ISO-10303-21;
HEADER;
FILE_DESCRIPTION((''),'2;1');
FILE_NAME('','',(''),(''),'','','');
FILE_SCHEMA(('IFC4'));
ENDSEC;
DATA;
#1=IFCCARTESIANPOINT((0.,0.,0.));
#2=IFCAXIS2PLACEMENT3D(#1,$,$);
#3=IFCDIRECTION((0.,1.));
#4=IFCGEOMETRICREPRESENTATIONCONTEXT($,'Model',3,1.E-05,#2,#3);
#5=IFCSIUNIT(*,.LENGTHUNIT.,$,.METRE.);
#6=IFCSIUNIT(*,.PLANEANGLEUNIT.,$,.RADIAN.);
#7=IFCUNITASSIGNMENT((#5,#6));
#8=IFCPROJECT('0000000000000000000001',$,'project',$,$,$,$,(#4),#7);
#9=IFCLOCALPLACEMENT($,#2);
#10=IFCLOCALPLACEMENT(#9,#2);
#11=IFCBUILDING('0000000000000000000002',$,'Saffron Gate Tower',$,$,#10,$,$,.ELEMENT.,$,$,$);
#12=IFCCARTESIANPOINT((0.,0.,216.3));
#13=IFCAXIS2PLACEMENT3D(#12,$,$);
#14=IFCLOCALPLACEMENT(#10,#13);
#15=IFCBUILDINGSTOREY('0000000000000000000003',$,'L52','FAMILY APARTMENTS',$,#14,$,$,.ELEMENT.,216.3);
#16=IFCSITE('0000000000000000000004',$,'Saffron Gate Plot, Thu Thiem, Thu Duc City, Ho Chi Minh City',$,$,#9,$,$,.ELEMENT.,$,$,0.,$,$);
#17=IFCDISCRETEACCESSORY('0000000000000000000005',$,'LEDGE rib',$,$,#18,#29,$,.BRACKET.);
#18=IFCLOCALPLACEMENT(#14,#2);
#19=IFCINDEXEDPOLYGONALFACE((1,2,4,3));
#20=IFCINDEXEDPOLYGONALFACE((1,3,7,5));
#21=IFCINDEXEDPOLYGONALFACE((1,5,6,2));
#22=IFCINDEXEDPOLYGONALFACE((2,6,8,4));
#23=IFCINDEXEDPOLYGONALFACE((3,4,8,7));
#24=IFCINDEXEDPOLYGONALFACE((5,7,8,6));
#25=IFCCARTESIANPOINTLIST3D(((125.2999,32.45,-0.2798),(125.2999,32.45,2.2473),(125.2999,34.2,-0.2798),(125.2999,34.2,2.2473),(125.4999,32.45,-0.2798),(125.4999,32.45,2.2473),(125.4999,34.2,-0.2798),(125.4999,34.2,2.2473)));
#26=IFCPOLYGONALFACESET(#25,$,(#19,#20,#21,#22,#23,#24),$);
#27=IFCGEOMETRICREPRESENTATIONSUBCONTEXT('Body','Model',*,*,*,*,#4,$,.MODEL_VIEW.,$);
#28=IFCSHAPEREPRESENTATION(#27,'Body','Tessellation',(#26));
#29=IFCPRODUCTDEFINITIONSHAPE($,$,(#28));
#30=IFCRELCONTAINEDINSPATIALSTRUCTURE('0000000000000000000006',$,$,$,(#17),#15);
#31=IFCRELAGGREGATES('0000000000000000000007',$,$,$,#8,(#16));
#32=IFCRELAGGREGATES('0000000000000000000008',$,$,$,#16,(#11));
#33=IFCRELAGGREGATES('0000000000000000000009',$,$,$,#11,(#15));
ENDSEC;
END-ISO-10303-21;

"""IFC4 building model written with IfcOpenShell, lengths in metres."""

from ifc_helpers import new_model, si_unit, direction, frame, origin, origin_2d, place, context, subcontext, project, spatial, rectangle, extrude, element, save


model = new_model("IFC4")

# Units and contexts
model_context = context("Model", 3, precision=1e-05, world=origin(), true_north=direction((0.0, 1.0)))
body_context = subcontext(model_context, "Body", "Model", "MODEL_VIEW")
ifc_project = project(units=[si_unit("LENGTHUNIT", "METRE"), si_unit("PLANEANGLEUNIT", "RADIAN")], contexts=[model_context])

# Site, building, storey
site_placement = place(None, origin())
site = spatial("IfcSite", under=ifc_project, at=site_placement, Name="Saffron Gate Plot, Thu Thiem, Thu Duc City, Ho Chi Minh City", CompositionType="ELEMENT", RefElevation=0.0)
building_placement = place(site_placement, origin())
building = spatial("IfcBuilding", under=site, at=building_placement, Name="Saffron Gate Tower", CompositionType="ELEMENT")
storey_placement = place(building_placement, frame((0.0, 0.0, 216.3)))
storey = spatial("IfcBuildingStorey", under=building, at=storey_placement, Name="L52", Description="FAMILY APARTMENTS", CompositionType="ELEMENT", Elevation=216.3)

# Discrete accessory
discrete_accessory_placement = place(storey_placement, frame((125.3999, 33.325, -0.2798), z_axis=(0.0, 0.0, 1.0), x_axis=(1.0, 0.0, 0.0)))
element("IfcDiscreteAccessory", 1, at=discrete_accessory_placement, inside=storey, Name="LEDGE rib", PredefinedType="BRACKET", context=body_context, shape_type="SweptSolid", body=[
    extrude(rectangle(XDim=0.2, YDim=1.75, at=origin_2d()), origin(), (0.0, 0.0, 1.0), 2.5271),
])

save(model, "model.ifc")
